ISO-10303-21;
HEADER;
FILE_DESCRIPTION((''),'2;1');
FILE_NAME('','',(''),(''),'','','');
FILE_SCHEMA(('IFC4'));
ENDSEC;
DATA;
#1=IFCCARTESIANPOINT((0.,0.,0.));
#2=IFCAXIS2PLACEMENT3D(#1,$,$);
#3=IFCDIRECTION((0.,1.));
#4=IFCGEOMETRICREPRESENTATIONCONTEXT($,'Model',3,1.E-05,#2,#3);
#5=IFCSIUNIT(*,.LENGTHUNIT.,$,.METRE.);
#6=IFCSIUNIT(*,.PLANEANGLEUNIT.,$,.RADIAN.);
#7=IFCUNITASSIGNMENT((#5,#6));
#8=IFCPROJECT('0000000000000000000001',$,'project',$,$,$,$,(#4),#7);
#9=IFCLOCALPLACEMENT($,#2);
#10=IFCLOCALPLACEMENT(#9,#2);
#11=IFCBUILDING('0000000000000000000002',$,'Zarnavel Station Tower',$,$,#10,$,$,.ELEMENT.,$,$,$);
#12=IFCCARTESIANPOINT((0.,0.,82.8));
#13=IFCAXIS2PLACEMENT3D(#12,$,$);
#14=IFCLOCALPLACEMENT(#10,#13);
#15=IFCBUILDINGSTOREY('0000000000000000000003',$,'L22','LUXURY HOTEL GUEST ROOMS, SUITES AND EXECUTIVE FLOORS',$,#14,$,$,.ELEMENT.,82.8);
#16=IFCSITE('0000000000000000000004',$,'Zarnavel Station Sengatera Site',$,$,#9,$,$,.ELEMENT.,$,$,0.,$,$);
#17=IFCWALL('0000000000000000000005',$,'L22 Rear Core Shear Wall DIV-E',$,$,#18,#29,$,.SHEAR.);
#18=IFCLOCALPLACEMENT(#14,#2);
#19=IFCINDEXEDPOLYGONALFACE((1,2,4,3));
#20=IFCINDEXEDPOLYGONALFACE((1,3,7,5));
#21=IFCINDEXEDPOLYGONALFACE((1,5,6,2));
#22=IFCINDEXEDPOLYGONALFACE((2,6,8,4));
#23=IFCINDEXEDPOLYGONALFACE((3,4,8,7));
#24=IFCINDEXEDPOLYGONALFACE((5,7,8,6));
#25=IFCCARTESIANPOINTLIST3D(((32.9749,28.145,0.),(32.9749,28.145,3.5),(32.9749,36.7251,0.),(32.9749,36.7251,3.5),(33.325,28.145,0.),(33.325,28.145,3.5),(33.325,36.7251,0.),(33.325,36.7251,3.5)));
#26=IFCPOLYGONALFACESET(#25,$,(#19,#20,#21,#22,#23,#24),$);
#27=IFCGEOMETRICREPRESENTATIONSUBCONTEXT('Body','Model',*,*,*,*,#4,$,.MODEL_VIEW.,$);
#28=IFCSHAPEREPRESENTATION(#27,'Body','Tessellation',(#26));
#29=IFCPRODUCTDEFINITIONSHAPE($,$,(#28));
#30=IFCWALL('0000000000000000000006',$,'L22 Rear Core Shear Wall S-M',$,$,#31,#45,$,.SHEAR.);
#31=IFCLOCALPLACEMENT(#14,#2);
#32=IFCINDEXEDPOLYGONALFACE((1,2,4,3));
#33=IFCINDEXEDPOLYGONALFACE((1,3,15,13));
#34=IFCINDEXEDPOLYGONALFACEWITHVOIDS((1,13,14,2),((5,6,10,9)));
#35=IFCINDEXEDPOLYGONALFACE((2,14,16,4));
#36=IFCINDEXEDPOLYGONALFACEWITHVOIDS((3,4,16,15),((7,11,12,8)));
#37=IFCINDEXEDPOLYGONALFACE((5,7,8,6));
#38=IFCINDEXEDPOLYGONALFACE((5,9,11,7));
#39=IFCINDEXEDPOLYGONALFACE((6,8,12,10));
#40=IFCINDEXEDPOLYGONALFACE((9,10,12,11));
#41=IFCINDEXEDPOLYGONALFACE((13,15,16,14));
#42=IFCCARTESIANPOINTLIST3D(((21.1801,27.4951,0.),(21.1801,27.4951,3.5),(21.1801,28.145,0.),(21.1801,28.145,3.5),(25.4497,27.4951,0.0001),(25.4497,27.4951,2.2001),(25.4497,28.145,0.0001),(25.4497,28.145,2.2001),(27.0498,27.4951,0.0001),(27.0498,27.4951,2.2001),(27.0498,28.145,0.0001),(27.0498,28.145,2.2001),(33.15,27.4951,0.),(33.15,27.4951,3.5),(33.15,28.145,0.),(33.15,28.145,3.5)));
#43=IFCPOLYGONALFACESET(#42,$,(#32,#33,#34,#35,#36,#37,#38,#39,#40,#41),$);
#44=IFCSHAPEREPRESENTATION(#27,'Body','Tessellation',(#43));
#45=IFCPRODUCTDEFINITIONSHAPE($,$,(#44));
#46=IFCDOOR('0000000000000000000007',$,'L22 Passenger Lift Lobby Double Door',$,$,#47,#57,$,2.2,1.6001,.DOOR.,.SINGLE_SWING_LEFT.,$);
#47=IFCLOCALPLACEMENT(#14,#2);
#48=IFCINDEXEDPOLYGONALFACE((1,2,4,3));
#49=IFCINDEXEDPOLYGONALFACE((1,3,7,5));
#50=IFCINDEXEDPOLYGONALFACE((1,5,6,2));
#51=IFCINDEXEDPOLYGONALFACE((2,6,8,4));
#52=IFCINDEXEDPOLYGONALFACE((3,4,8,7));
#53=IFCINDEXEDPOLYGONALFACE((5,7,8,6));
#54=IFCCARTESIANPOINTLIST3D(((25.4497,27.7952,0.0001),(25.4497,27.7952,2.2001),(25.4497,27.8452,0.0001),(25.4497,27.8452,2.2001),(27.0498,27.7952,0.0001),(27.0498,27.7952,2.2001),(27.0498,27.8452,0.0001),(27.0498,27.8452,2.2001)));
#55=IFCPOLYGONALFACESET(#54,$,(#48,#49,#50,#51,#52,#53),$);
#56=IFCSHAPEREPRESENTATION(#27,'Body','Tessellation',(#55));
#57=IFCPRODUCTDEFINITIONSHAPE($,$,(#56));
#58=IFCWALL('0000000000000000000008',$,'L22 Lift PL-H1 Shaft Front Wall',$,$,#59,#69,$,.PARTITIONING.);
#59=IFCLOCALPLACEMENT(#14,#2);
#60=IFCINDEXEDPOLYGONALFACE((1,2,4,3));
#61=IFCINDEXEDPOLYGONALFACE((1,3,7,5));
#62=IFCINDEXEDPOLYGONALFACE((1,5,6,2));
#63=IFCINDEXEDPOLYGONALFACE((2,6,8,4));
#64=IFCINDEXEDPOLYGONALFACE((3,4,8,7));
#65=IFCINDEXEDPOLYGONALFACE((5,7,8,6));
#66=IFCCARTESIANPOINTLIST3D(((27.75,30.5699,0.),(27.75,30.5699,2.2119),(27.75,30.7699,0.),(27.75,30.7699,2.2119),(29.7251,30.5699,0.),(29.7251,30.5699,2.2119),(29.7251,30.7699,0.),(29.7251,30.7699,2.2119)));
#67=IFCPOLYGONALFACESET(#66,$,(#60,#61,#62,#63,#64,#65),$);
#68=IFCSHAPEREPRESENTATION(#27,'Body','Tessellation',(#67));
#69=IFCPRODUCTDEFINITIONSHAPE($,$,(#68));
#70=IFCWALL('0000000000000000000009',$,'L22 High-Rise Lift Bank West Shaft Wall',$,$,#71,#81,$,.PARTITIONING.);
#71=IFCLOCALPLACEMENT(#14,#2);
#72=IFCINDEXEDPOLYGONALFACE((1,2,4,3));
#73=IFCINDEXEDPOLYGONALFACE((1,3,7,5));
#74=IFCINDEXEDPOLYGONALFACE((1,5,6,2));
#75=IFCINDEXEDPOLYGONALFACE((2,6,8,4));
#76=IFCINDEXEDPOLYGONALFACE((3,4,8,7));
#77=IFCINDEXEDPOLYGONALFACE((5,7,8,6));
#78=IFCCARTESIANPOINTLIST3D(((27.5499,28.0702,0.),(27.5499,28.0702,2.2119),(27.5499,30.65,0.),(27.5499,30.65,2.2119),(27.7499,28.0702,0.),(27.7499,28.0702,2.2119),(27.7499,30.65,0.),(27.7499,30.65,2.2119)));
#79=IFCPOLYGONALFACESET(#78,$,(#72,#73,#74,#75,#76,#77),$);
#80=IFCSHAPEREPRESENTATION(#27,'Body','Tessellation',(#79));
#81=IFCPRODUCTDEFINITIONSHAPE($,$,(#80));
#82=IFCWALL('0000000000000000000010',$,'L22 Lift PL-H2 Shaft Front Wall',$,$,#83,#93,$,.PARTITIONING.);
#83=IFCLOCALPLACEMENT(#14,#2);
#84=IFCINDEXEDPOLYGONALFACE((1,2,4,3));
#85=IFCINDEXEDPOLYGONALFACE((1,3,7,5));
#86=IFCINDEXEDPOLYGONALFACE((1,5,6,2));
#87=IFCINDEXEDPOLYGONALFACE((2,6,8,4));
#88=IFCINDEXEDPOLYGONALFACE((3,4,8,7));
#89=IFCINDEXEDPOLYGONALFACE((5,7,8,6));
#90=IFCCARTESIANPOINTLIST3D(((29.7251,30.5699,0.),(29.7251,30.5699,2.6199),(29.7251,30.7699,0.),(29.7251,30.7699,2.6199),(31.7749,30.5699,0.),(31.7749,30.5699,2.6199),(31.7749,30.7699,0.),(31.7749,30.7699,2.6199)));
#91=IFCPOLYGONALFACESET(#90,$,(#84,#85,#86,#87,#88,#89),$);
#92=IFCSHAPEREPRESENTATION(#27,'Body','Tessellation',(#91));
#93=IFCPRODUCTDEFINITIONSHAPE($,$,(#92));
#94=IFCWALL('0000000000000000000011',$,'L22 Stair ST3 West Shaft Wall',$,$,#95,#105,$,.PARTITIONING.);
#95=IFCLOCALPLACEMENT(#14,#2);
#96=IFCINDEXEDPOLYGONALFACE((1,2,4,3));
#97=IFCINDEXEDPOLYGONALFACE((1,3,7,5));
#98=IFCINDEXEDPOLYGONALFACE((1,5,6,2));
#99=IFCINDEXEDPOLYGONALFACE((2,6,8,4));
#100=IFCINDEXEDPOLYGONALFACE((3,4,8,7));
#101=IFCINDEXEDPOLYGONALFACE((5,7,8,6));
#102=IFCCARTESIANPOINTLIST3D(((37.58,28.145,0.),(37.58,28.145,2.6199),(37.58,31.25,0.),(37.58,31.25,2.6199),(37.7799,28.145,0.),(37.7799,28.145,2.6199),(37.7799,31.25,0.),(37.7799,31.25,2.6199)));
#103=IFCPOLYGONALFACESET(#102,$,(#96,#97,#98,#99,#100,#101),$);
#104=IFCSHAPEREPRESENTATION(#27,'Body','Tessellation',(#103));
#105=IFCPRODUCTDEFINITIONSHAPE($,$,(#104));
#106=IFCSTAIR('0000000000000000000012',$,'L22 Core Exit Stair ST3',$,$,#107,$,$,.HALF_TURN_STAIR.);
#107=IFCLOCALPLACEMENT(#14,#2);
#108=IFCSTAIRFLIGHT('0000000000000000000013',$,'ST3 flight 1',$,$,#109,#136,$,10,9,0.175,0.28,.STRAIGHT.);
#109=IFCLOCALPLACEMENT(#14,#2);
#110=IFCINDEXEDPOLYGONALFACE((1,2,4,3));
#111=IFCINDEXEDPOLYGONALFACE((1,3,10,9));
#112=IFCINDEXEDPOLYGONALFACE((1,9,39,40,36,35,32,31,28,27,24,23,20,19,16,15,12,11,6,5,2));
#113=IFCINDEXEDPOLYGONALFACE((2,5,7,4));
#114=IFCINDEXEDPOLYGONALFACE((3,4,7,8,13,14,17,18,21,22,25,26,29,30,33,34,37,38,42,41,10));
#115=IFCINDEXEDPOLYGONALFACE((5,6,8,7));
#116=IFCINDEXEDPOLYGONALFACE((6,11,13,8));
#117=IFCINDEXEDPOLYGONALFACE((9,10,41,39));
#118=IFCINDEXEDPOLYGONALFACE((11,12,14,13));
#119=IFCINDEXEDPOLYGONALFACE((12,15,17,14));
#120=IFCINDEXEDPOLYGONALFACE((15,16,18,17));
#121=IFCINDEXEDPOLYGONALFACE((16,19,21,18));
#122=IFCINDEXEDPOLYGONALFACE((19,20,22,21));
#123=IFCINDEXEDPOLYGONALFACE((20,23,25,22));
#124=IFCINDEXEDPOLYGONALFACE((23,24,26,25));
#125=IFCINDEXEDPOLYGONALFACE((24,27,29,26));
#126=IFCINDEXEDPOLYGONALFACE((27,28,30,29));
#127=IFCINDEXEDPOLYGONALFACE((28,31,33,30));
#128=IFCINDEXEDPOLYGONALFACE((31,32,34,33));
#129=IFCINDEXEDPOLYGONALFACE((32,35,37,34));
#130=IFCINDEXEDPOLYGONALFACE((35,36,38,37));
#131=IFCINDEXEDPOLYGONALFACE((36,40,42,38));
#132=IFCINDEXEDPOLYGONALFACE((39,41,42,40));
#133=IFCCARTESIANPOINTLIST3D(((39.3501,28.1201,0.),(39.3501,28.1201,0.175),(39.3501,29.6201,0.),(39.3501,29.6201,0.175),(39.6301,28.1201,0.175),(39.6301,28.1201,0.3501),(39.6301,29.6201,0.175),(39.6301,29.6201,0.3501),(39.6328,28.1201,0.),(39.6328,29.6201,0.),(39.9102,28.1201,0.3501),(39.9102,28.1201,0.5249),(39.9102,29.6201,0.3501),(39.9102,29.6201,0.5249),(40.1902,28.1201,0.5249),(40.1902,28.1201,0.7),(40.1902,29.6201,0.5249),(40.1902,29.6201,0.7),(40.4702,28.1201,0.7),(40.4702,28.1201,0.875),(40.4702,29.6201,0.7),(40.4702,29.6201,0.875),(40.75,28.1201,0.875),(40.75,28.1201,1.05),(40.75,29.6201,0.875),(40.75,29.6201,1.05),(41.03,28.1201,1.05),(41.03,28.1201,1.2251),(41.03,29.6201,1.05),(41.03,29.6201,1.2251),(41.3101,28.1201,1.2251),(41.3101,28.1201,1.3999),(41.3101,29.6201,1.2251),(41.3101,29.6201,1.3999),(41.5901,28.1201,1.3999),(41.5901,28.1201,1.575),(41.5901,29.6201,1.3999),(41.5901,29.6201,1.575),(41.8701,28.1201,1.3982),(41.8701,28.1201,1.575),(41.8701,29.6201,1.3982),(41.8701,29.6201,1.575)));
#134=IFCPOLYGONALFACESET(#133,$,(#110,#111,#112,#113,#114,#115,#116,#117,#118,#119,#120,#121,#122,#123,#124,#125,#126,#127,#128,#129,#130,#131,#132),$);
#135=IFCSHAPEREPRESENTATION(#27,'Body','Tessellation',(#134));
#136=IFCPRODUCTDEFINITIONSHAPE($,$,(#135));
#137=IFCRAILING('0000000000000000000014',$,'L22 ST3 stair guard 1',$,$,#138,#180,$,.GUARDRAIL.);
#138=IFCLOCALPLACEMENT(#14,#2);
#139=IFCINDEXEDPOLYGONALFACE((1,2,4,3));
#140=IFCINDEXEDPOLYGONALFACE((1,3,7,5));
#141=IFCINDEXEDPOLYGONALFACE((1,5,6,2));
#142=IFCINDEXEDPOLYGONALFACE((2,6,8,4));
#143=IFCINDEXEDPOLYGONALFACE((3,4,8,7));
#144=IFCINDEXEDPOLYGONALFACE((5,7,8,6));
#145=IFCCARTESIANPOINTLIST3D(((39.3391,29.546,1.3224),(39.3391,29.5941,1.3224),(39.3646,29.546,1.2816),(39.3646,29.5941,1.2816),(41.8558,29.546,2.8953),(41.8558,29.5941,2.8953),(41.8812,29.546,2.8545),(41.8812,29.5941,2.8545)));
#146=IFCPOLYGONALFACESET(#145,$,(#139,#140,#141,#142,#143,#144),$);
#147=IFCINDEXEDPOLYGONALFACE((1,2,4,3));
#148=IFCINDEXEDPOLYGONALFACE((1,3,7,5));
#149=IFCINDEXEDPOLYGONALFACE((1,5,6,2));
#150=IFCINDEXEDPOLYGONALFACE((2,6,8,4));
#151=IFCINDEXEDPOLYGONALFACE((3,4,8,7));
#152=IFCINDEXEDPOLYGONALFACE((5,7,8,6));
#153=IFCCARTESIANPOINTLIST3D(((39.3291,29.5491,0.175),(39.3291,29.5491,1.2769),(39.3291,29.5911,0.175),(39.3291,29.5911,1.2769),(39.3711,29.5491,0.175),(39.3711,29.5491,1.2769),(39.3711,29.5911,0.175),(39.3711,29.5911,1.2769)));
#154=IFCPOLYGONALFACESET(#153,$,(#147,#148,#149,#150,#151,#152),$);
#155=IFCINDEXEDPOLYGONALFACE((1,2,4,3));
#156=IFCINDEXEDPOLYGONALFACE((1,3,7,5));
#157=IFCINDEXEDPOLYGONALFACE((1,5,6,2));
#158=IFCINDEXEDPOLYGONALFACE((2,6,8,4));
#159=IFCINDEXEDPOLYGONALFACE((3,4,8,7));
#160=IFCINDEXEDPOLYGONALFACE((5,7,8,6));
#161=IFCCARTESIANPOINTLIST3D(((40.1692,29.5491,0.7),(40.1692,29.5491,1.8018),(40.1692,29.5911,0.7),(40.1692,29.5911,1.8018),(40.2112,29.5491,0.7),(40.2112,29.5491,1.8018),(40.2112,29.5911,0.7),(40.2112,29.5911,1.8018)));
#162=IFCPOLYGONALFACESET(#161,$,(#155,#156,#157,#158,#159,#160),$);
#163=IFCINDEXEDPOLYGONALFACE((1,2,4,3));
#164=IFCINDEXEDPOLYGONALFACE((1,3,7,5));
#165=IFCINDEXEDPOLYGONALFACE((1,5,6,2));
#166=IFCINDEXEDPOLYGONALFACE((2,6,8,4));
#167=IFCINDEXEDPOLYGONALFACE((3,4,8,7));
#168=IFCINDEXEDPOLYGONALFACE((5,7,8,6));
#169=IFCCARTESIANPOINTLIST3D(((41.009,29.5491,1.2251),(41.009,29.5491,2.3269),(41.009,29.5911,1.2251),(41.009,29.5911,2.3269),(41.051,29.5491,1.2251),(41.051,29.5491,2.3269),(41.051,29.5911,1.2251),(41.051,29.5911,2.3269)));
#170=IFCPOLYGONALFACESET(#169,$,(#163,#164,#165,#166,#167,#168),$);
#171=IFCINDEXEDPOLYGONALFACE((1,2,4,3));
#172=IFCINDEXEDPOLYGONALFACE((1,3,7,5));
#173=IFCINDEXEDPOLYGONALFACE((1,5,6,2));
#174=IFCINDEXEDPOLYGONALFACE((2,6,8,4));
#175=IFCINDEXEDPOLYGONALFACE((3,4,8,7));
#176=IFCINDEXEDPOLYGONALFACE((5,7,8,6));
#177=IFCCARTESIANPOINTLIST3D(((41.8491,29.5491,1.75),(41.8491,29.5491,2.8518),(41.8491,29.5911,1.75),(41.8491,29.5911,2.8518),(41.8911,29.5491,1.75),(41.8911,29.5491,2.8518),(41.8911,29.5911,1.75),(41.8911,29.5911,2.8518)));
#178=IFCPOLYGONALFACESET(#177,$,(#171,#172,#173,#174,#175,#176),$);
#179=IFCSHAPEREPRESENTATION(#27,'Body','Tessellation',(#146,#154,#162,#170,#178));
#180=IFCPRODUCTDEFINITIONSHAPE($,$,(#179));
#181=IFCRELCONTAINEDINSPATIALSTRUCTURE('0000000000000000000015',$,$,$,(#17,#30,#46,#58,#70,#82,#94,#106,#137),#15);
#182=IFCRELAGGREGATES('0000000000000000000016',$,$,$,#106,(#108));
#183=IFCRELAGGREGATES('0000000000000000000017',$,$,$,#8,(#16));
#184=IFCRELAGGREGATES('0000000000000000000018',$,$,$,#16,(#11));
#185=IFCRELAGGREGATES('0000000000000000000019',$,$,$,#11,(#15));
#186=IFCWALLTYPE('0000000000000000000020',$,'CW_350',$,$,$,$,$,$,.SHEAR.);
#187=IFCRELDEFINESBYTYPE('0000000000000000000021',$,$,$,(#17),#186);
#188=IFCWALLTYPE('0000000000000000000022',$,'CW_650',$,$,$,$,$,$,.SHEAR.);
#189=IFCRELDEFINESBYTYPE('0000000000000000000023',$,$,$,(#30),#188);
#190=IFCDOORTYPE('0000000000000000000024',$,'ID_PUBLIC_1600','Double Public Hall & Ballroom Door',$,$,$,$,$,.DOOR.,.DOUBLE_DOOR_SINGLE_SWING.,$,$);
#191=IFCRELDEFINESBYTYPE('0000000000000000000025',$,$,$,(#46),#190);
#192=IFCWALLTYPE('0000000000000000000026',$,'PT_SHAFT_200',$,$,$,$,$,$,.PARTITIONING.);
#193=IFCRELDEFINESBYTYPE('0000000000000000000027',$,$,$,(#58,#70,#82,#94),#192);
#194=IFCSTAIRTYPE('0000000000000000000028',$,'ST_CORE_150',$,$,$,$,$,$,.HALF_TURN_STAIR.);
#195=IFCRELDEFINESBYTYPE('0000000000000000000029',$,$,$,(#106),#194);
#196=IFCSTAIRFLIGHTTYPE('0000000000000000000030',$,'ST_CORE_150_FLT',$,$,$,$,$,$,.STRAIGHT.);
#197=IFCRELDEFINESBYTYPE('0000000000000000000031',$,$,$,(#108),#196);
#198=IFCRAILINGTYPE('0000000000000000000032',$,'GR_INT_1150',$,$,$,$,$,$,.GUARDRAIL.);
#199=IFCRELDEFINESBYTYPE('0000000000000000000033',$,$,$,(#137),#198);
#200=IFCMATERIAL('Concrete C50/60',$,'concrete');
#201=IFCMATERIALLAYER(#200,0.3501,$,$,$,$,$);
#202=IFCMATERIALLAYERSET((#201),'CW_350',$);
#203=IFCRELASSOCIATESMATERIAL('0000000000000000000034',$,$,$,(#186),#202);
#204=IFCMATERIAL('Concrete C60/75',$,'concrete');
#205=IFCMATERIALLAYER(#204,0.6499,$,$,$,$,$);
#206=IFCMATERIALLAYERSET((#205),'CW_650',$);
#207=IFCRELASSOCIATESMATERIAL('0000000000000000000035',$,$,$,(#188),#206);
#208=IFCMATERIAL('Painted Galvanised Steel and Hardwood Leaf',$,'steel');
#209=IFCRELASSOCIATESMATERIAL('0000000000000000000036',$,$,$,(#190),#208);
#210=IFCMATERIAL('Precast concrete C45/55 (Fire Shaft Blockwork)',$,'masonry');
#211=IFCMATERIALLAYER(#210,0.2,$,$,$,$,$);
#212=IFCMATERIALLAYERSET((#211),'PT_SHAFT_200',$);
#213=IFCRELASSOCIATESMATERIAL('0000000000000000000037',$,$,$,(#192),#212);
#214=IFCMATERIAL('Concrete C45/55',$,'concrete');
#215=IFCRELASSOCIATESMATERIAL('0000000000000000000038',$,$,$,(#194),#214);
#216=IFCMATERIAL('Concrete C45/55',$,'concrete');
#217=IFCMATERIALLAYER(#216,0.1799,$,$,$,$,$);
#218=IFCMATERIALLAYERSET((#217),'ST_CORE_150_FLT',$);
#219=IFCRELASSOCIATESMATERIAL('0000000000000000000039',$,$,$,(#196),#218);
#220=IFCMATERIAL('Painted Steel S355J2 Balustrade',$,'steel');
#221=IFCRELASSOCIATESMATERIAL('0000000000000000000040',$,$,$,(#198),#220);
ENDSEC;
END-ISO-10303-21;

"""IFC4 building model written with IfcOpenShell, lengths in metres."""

from ifc_helpers import new_model, si_unit, direction, frame, frame_2d, origin, origin_2d, place, context, subcontext, project, spatial, polyline, rectangle, outline, extrude, material, layer, layer_set, type_object, element, fill, aggregate, save


model = new_model("IFC4")

# Units and contexts
model_context = context("Model", 3, precision=1e-05, world=origin(), true_north=direction((0.0, 1.0)))
body_context = subcontext(model_context, "Body", "Model", "MODEL_VIEW")
ifc_project = project(units=[si_unit("LENGTHUNIT", "METRE"), si_unit("PLANEANGLEUNIT", "RADIAN")], contexts=[model_context])

# Site, building, storey
site_placement = place(None, origin())
site = spatial("IfcSite", under=ifc_project, at=site_placement, Name="Zarnavel Station Sengatera Site", CompositionType="ELEMENT", RefElevation=0.0)
building_placement = place(site_placement, origin())
building = spatial("IfcBuilding", under=site, at=building_placement, Name="Zarnavel Station Tower", CompositionType="ELEMENT")
storey_placement = place(building_placement, frame((0.0, 0.0, 82.8)))
storey = spatial("IfcBuildingStorey", under=building, at=storey_placement, Name="L22", Description="LUXURY HOTEL GUEST ROOMS, SUITES AND EXECUTIVE FLOORS", CompositionType="ELEMENT", Elevation=82.8)

# Wall
ifc_material_1 = material(Name="Concrete C50/60", Category="concrete")
ifc_layer_1 = layer(ifc_material_1, 0.3501)
ifc_layer_set_1 = layer_set([ifc_layer_1], Name="CW_350")
wall_type_1 = type_object("IfcWallType", Name="CW_350", PredefinedType="SHEAR", material=ifc_layer_set_1)
wall_1_placement = place(storey_placement, frame((33.1499, 28.145, 0.0), z_axis=(0.0, 0.0, 1.0), x_axis=(0.0, 1.0, 0.0)))
element("IfcWall", 1, at=wall_1_placement, inside=storey, type_object=wall_type_1, Name="L22 Rear Core Shear Wall DIV-E", PredefinedType="SHEAR", context=body_context, shape_type="SweptSolid", body=[
    extrude(rectangle(XDim=8.5801, YDim=0.3501, at=frame_2d((4.29, 0.0))), origin(), (0.0, 0.0, 1.0), 3.5),
])

# Wall, opening, door
ifc_material_2 = material(Name="Concrete C60/75", Category="concrete")
ifc_layer_2 = layer(ifc_material_2, 0.6499)
ifc_layer_set_2 = layer_set([ifc_layer_2], Name="CW_650")
wall_type_2 = type_object("IfcWallType", Name="CW_650", PredefinedType="SHEAR", material=ifc_layer_set_2)
wall_2_placement = place(storey_placement, frame((33.1499, 27.8201, 0.0), z_axis=(0.0, 0.0, 1.0), x_axis=(-1.0, 0.0, 0.0)))
wall_2 = element("IfcWall", 2, at=wall_2_placement, inside=storey, type_object=wall_type_2, Name="L22 Rear Core Shear Wall S-M", PredefinedType="SHEAR", context=body_context, shape_type="SweptSolid", body=[
    extrude(rectangle(XDim=11.97, YDim=0.6499, at=frame_2d((5.9849, 0.0))), origin(), (0.0, 0.0, 1.0), 3.5),
])
opening_1_placement = place(wall_2_placement, frame((6.1001, 0.0, 0.0)))
opening_1 = element("IfcOpeningElement", 3, at=opening_1_placement, cuts=wall_2, PredefinedType="OPENING", context=body_context, shape_type="SweptSolid", body=[
    extrude(rectangle(XDim=1.6001, YDim=2.2, at=frame_2d((0.8, 1.1001))), frame((0.0, 0.335, 0.0), z_axis=(0.0, -1.0, 0.0), x_axis=(1.0, 0.0, 0.0)), (0.0, 0.0, 1.0), 0.6699),
])
ifc_material_3 = material(Name="Painted Galvanised Steel and Hardwood Leaf", Category="steel")
door_type_1 = type_object("IfcDoorType", Name="ID_PUBLIC_1600", Description="Double Public Hall & Ballroom Door", OperationType="DOUBLE_DOOR_SINGLE_SWING", PredefinedType="DOOR", material=ifc_material_3)
door_1_placement = place(opening_1_placement, origin())
door_1 = element("IfcDoor", 4, at=door_1_placement, inside=storey, type_object=door_type_1, Name="L22 Passenger Lift Lobby Double Door", OperationType="SINGLE_SWING_LEFT", OverallHeight=2.2, OverallWidth=1.6001, PredefinedType="DOOR", context=body_context, shape_type="SweptSolid", body=[
    extrude(rectangle(XDim=1.6001, YDim=2.2, at=frame_2d((0.8, 1.1001))), frame((0.0, 0.0249, 0.0), z_axis=(0.0, -1.0, 0.0), x_axis=(1.0, 0.0, 0.0)), (0.0, 0.0, 1.0), 0.05),
])
fill(opening_1, door_1)

# Walls
ifc_material_4 = material(Name="Precast concrete C45/55 (Fire Shaft Blockwork)", Category="masonry")
ifc_layer_3 = layer(ifc_material_4, 0.2)
ifc_layer_set_3 = layer_set([ifc_layer_3], Name="PT_SHAFT_200")
wall_type_3 = type_object("IfcWallType", Name="PT_SHAFT_200", PredefinedType="PARTITIONING", material=ifc_layer_set_3)
wall_3_placement = place(storey_placement, frame((27.75, 30.6699, 0.0), z_axis=(0.0, 0.0, 1.0), x_axis=(1.0, 0.0, 0.0)))
element("IfcWall", 5, at=wall_3_placement, inside=storey, type_object=wall_type_3, Name="L22 Lift PL-H1 Shaft Front Wall", PredefinedType="PARTITIONING", context=body_context, shape_type="SweptSolid", body=[
    extrude(rectangle(XDim=1.9751, YDim=0.2, at=frame_2d((0.9875, 0.0))), origin(), (0.0, 0.0, 1.0), 2.2119),
])
wall_4_placement = place(storey_placement, frame((27.6499, 28.0701, 0.0), z_axis=(0.0, 0.0, 1.0), x_axis=(0.0, 1.0, 0.0)))
element("IfcWall", 6, at=wall_4_placement, inside=storey, type_object=wall_type_3, Name="L22 High-Rise Lift Bank West Shaft Wall", PredefinedType="PARTITIONING", context=body_context, shape_type="SweptSolid", body=[
    extrude(rectangle(XDim=2.5798, YDim=0.2, at=frame_2d((1.29, 0.0))), origin(), (0.0, 0.0, 1.0), 2.2119),
])
wall_5_placement = place(storey_placement, frame((29.7251, 30.6699, 0.0), z_axis=(0.0, 0.0, 1.0), x_axis=(1.0, 0.0, 0.0)))
element("IfcWall", 7, at=wall_5_placement, inside=storey, type_object=wall_type_3, Name="L22 Lift PL-H2 Shaft Front Wall", PredefinedType="PARTITIONING", context=body_context, shape_type="SweptSolid", body=[
    extrude(rectangle(XDim=2.0498, YDim=0.2, at=frame_2d((1.0249, 0.0))), origin(), (0.0, 0.0, 1.0), 2.6199),
])
wall_6_placement = place(storey_placement, frame((37.6799, 28.145, 0.0), z_axis=(0.0, 0.0, 1.0), x_axis=(0.0, 1.0, 0.0)))
element("IfcWall", 8, at=wall_6_placement, inside=storey, type_object=wall_type_3, Name="L22 Stair ST3 West Shaft Wall", PredefinedType="PARTITIONING", context=body_context, shape_type="SweptSolid", body=[
    extrude(rectangle(XDim=3.105, YDim=0.2, at=frame_2d((1.5525, 0.0))), origin(), (0.0, 0.0, 1.0), 2.6199),
])

# Stair, stair flight
ifc_material_5 = material(Name="Concrete C45/55", Category="concrete")
stair_type = type_object("IfcStairType", Name="ST_CORE_150", PredefinedType="HALF_TURN_STAIR", material=ifc_material_5)
stair_placement = place(storey_placement, origin())
stair = element("IfcStair", 9, at=stair_placement, inside=storey, type_object=stair_type, Name="L22 Core Exit Stair ST3", PredefinedType="HALF_TURN_STAIR")
ifc_material_6 = material(Name="Concrete C45/55", Category="concrete")
ifc_layer_4 = layer(ifc_material_6, 0.1799)
ifc_layer_set_4 = layer_set([ifc_layer_4], Name="ST_CORE_150_FLT")
stair_flight_type = type_object("IfcStairFlightType", Name="ST_CORE_150_FLT", PredefinedType="STRAIGHT", material=ifc_layer_set_4)
stair_flight_placement = place(storey_placement, frame((39.3501, 28.8701, 0.0), z_axis=(0.0, 0.0, 1.0), x_axis=(1.0, 0.0, 0.0)))
stair_flight = element("IfcStairFlight", 10, at=stair_flight_placement, type_object=stair_flight_type, Name="ST3 flight 1", NumberOfRisers=10, NumberOfTreads=9, PredefinedType="STRAIGHT", RiserHeight=0.175, TreadLength=0.28, context=body_context, shape_type="SweptSolid", body=[
    extrude(outline(polyline([(0.0, 0.0), (0.0, 0.175), (0.28, 0.175), (0.28, 0.3501), (0.5601, 0.3501), (0.5601, 0.5249), (0.8401, 0.5249), (0.8401, 0.7), (1.1201, 0.7), (1.1201, 0.875), (1.3999, 0.875), (1.3999, 1.05), (1.6799, 1.05), (1.6799, 1.2251), (1.96, 1.2251), (1.96, 1.3999), (2.24, 1.3999), (2.24, 1.575), (2.52, 1.575), (2.52, 1.75), (2.52, 1.3982), (0.2827, 0.0), (0.0, 0.0)])), frame((0.0, 0.75, 0.0), z_axis=(0.0, -1.0, 0.0), x_axis=(1.0, 0.0, 0.0)), (0.0, 0.0, 1.0), 1.5),
])
aggregate(stair, [stair_flight])

# Railing
ifc_material_7 = material(Name="Painted Steel S355J2 Balustrade", Category="steel")
railing_type_1 = type_object("IfcRailingType", Name="GR_INT_1150", PredefinedType="GUARDRAIL", material=ifc_material_7)
railing_1_placement = place(storey_placement, frame((39.3501, 29.5701, 0.175)))
element("IfcRailing", 11, at=railing_1_placement, inside=storey, type_object=railing_type_1, Name="L22 ST3 stair guard 1", PredefinedType="GUARDRAIL", context=body_context, shape_type="SweptSolid", body=[
    extrude(rectangle(XDim=0.0481, YDim=0.0481, at=origin_2d()), frame((0.0017, 0.0, 1.127), z_axis=(0.848008, 0.0, 0.529984), x_axis=(0.0, 1.0, 0.0)), (0.0, 0.0, 1.0), 2.9678),
    extrude(rectangle(XDim=0.042, YDim=0.042, at=origin_2d()), origin(), (0.0, 0.0, 1.0), 1.1018),
    extrude(rectangle(XDim=0.042, YDim=0.042, at=origin_2d()), frame((0.8401, 0.0, 0.5249)), (0.0, 0.0, 1.0), 1.1018),
    extrude(rectangle(XDim=0.042, YDim=0.042, at=origin_2d()), frame((1.6799, 0.0, 1.05)), (0.0, 0.0, 1.0), 1.1018),
    extrude(rectangle(XDim=0.042, YDim=0.042, at=origin_2d()), frame((2.52, 0.0, 1.575)), (0.0, 0.0, 1.0), 1.1018),
])

save(model, "model.ifc")
